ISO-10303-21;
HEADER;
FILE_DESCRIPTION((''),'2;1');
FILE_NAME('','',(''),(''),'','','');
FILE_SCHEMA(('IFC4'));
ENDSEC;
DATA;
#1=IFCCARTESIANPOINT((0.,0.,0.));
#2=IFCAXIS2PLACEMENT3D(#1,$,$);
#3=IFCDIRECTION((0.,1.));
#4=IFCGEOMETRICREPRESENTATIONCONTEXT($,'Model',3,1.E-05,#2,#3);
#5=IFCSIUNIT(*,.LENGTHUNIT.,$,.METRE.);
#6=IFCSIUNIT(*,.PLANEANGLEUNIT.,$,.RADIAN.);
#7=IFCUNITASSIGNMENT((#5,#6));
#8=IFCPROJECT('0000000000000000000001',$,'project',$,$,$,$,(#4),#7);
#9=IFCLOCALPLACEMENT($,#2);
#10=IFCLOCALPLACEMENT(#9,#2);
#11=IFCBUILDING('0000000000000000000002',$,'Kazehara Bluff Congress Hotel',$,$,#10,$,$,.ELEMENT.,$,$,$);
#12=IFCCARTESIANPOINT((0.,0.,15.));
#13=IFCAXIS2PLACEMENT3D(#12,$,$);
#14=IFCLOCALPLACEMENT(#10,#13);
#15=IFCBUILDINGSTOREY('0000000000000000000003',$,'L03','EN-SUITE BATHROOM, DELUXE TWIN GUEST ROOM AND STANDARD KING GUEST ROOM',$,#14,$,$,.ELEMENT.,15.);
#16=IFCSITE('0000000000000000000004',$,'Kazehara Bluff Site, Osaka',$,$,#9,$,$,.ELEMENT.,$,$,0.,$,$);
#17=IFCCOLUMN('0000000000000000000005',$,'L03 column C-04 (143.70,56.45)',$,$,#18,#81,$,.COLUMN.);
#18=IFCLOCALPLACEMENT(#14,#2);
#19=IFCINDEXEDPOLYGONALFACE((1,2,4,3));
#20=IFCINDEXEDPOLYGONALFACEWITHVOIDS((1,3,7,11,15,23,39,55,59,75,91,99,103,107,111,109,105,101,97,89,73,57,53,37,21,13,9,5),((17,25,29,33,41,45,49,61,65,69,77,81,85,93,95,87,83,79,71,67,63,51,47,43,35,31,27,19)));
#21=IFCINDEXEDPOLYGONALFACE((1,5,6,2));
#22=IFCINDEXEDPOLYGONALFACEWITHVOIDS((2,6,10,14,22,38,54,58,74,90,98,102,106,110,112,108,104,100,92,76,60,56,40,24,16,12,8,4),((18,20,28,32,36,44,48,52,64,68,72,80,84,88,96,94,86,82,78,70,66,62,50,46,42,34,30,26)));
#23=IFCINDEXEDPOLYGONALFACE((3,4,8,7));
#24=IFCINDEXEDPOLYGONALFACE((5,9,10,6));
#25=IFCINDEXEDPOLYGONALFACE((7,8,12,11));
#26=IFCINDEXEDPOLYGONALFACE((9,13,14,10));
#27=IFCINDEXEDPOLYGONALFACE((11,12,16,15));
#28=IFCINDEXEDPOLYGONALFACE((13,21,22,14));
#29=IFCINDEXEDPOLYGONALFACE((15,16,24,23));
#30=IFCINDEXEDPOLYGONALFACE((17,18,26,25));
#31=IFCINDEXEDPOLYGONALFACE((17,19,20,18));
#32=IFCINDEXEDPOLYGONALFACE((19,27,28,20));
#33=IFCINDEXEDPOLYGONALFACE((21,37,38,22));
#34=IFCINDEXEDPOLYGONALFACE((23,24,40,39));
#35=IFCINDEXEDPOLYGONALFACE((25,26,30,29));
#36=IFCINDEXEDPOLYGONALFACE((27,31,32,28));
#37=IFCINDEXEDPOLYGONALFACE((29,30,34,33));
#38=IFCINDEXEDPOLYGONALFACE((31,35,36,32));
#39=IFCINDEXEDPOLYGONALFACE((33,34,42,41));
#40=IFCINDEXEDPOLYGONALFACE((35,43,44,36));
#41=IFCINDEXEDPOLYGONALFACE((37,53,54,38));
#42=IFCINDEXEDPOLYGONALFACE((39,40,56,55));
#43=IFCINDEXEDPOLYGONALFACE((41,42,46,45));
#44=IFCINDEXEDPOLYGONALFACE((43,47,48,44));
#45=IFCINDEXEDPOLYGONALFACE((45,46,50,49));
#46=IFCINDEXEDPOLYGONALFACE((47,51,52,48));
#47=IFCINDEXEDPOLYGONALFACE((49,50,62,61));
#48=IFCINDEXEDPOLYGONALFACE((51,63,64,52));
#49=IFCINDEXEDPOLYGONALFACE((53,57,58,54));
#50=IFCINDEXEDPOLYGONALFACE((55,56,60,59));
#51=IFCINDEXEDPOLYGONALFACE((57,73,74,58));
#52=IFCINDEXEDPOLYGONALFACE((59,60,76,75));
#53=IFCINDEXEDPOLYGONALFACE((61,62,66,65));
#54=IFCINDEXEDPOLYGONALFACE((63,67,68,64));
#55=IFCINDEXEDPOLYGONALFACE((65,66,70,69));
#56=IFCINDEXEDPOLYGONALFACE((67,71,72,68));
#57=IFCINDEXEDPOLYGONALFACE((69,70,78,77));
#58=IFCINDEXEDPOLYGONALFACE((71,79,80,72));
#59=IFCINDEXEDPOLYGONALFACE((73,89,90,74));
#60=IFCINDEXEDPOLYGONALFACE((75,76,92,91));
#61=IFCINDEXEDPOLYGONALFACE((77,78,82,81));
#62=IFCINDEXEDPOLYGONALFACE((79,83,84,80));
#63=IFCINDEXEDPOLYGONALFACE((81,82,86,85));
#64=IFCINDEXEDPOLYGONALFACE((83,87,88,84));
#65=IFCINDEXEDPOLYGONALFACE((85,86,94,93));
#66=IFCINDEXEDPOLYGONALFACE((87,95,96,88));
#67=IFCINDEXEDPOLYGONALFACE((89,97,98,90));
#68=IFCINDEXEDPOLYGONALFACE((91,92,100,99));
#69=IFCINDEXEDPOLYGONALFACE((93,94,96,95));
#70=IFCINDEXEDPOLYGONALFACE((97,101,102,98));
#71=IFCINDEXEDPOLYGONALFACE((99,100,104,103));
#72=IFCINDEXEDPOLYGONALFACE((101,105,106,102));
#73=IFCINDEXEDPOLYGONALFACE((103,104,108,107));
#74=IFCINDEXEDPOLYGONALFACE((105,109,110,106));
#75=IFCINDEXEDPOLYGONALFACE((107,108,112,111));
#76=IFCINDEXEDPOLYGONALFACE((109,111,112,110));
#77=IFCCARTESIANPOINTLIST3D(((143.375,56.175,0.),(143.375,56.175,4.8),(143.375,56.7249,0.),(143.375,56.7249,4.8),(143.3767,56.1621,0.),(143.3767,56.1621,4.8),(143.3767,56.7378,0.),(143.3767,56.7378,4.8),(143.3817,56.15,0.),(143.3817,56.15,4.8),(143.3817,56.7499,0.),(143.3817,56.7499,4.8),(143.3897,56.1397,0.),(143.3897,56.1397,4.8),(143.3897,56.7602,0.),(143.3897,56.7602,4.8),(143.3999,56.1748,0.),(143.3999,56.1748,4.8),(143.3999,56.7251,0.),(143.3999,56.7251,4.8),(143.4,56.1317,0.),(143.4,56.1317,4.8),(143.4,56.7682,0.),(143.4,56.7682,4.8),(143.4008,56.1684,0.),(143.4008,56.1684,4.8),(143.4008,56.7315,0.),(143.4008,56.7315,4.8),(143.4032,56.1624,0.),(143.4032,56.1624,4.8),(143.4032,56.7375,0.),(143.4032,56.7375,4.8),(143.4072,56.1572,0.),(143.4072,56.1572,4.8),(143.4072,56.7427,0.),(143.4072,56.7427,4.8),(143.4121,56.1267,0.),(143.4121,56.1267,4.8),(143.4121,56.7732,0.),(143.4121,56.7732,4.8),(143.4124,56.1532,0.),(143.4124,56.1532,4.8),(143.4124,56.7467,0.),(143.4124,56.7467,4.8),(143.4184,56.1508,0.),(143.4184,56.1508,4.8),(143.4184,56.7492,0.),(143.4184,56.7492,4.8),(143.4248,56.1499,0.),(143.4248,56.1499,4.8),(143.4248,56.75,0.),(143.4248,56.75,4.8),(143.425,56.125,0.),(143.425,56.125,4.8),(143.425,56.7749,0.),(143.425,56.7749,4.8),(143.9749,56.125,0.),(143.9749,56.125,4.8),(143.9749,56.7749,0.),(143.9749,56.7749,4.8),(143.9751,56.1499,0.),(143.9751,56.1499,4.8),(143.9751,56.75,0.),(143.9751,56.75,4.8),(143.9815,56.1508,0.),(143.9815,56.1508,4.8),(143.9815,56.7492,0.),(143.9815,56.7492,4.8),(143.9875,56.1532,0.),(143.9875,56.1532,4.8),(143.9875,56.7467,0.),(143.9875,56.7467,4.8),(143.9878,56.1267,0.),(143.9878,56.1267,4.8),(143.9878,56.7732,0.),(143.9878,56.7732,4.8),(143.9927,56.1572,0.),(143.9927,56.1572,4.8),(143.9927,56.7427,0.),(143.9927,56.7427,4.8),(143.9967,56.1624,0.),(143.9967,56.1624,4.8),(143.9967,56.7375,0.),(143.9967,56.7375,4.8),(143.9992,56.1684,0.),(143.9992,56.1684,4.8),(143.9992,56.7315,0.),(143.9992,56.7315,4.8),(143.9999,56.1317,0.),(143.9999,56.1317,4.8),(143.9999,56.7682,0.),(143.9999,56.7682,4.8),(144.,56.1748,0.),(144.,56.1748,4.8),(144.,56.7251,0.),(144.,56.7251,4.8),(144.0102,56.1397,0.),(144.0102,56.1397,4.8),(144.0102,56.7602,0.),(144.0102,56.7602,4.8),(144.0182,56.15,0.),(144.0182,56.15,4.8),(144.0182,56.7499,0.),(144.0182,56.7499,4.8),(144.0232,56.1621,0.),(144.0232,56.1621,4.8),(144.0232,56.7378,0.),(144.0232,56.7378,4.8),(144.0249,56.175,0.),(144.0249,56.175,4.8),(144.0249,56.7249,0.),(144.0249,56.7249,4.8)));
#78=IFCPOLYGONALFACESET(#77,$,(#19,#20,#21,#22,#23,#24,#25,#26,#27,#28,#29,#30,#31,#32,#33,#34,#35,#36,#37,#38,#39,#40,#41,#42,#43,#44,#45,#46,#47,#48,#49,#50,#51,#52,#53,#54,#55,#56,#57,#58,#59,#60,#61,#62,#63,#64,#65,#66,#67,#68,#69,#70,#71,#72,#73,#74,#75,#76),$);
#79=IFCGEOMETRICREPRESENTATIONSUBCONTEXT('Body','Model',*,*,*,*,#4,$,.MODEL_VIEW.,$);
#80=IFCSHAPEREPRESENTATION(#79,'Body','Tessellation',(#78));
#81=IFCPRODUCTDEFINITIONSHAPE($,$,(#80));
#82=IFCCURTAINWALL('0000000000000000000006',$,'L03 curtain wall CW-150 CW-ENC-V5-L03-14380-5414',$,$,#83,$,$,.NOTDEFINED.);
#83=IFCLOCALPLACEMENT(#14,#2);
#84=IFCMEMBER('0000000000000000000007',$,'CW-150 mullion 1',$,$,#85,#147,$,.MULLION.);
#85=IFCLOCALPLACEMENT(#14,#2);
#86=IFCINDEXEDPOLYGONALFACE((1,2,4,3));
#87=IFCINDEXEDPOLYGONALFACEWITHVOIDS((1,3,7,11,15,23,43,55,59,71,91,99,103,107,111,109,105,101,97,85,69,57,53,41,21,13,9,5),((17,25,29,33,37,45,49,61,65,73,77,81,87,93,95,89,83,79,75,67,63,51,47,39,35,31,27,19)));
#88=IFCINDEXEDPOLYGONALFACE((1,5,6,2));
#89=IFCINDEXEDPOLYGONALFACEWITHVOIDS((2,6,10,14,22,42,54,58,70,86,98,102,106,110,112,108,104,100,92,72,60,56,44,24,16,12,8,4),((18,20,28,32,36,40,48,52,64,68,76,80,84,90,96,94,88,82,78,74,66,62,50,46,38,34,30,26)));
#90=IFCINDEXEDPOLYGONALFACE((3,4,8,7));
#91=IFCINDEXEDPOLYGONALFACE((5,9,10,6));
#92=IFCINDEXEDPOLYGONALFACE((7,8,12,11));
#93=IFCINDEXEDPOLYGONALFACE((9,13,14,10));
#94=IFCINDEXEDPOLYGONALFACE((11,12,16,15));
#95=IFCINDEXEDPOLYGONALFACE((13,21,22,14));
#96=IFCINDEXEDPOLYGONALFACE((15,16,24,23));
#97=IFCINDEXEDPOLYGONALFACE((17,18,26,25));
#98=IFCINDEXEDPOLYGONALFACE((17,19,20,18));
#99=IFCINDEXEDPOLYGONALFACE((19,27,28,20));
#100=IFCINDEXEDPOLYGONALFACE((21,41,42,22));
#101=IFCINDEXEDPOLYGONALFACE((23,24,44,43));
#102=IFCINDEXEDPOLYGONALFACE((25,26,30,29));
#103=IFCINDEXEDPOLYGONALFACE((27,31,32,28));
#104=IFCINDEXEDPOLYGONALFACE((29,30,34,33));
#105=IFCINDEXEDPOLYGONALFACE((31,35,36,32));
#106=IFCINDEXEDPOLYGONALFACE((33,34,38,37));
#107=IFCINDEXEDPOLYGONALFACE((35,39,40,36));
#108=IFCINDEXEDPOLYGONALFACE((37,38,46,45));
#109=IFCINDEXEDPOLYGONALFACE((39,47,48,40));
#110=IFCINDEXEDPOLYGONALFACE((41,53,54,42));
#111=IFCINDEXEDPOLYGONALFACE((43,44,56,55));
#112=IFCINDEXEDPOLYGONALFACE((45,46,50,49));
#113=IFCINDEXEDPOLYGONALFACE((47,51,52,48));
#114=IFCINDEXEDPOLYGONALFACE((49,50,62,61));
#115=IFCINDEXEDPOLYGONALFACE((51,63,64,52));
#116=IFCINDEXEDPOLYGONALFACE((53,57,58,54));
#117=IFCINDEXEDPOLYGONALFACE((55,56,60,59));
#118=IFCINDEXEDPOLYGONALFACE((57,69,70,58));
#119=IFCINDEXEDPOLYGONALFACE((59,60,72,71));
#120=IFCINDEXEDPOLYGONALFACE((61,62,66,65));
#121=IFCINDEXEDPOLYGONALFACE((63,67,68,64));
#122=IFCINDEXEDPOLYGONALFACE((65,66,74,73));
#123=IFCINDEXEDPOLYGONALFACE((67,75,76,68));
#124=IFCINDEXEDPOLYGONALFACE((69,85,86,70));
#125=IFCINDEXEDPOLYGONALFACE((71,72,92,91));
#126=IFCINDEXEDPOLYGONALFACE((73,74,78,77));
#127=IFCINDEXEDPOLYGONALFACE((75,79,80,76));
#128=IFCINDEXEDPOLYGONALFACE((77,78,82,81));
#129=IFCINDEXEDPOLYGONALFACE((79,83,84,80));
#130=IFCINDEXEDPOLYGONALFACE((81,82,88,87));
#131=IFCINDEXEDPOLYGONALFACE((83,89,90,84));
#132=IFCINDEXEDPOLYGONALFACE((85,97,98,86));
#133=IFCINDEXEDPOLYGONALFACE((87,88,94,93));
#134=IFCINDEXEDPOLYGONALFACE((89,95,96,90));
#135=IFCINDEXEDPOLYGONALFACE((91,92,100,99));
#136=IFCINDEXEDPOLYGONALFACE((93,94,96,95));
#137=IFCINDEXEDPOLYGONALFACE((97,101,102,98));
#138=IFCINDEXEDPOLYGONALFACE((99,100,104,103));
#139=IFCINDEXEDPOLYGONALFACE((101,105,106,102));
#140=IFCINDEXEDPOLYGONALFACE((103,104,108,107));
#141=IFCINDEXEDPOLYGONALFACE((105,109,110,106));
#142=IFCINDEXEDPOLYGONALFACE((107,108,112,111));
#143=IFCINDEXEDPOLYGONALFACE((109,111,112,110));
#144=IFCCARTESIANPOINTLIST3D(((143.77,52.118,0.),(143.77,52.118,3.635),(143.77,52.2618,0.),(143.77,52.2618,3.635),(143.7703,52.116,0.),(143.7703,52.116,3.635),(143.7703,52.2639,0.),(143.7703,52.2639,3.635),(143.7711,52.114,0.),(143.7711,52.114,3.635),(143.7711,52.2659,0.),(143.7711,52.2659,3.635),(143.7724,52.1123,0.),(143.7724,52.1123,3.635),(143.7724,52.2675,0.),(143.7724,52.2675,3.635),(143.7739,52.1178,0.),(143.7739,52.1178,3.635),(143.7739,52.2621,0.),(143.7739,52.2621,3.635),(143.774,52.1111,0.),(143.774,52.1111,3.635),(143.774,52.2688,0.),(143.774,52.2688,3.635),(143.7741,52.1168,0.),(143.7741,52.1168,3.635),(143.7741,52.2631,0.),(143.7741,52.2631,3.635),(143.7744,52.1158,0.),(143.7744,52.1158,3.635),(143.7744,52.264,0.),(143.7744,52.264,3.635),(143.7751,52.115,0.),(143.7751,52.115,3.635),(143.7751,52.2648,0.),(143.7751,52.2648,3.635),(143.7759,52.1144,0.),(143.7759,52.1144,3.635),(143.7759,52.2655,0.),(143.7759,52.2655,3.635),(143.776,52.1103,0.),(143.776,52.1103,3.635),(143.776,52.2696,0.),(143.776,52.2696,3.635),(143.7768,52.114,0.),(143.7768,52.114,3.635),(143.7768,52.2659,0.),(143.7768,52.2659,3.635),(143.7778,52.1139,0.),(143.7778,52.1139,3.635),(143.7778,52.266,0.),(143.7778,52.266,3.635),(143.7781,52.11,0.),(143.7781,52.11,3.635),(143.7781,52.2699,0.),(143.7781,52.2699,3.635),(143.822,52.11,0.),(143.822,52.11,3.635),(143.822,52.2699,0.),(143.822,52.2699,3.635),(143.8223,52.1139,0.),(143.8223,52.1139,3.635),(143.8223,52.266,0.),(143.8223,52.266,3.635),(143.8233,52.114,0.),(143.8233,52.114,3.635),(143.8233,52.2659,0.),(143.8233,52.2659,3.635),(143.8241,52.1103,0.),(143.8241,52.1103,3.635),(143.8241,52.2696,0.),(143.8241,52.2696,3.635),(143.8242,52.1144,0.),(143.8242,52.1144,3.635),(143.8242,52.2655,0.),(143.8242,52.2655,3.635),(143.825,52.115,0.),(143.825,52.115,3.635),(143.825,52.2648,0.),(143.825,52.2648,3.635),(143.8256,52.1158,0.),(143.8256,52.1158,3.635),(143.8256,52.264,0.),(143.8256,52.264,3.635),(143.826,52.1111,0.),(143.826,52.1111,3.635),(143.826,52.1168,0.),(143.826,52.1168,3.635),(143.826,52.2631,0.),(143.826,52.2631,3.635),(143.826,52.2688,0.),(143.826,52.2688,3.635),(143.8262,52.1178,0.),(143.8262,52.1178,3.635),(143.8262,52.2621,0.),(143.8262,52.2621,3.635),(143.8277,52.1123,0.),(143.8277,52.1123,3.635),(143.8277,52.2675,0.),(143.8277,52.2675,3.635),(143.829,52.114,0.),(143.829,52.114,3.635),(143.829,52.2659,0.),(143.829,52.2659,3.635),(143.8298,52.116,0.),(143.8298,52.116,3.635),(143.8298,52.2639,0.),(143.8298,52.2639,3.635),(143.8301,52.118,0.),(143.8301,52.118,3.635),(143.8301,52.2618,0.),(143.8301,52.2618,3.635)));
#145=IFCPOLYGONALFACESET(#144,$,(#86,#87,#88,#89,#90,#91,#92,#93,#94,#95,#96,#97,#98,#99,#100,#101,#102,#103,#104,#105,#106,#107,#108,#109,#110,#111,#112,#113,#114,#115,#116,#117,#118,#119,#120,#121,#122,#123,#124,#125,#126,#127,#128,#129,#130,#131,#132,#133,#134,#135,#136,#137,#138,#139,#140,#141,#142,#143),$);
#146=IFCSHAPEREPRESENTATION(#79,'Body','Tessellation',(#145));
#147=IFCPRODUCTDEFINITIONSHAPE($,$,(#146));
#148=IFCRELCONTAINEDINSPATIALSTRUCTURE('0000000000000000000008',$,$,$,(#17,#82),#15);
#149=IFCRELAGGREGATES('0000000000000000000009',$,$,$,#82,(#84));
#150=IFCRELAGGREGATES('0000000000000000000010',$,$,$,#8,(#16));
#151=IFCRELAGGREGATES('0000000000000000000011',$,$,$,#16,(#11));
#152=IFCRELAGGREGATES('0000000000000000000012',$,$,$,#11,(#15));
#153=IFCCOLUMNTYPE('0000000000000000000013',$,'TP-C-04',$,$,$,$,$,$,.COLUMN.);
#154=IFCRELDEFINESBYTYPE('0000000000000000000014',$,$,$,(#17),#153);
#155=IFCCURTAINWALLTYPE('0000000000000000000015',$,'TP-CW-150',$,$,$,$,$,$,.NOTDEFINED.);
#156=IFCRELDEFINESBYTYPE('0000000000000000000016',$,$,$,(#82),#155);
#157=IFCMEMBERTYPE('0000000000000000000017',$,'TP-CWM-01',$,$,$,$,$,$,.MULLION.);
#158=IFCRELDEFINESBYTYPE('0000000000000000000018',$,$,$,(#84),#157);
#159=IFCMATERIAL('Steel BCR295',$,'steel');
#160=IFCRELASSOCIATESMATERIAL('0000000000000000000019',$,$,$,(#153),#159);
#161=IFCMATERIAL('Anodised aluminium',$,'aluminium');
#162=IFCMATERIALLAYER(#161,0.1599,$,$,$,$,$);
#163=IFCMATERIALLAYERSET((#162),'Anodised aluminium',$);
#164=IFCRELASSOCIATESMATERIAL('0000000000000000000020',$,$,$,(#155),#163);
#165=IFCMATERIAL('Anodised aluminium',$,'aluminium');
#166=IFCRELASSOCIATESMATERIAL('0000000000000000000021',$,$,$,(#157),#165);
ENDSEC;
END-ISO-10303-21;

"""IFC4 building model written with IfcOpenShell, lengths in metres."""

from ifc_helpers import new_model, si_unit, direction, frame, origin, origin_2d, place, context, subcontext, project, spatial, hollow_rectangle, extrude, material, layer, layer_set, material_profile, profile_set, type_object, element, aggregate, save


model = new_model("IFC4")

# Units and contexts
model_context = context("Model", 3, precision=1e-05, world=origin(), true_north=direction((0.0, 1.0)))
body_context = subcontext(model_context, "Body", "Model", "MODEL_VIEW")
ifc_project = project(units=[si_unit("LENGTHUNIT", "METRE"), si_unit("PLANEANGLEUNIT", "RADIAN")], contexts=[model_context])

# Site, building, storey
site_placement = place(None, origin())
site = spatial("IfcSite", under=ifc_project, at=site_placement, Name="Kazehara Bluff Site, Osaka", CompositionType="ELEMENT", RefElevation=0.0)
building_placement = place(site_placement, origin())
building = spatial("IfcBuilding", under=site, at=building_placement, Name="Kazehara Bluff Congress Hotel", CompositionType="ELEMENT")
storey_placement = place(building_placement, frame((0.0, 0.0, 15.0)))
storey = spatial("IfcBuildingStorey", under=building, at=storey_placement, Name="L03", Description="EN-SUITE BATHROOM, DELUXE TWIN GUEST ROOM AND STANDARD KING GUEST ROOM", CompositionType="ELEMENT", Elevation=15.0)

# Column
ifc_material_1 = material(Name="Steel BCR295", Category="steel")
ifc_material_profile_1 = material_profile(ifc_material_1, hollow_rectangle(XDim=0.6499, YDim=0.6499, WallThickness=0.0249, InnerFilletRadius=0.0249, OuterFilletRadius=0.05, at=origin_2d()))
ifc_profile_set_1 = profile_set([ifc_material_profile_1], Name="Steel BCR295")
column_type = type_object("IfcColumnType", Name="TP-C-04", PredefinedType="COLUMN", material=ifc_profile_set_1)
column_placement = place(storey_placement, frame((143.7, 56.45, 0.0), z_axis=(0.0, 0.0, 1.0), x_axis=(1.0, 0.0, 0.0)))
element("IfcColumn", 1, at=column_placement, inside=storey, type_object=column_type, Name="L03 column C-04 (143.70,56.45)", PredefinedType="COLUMN", context=body_context, shape_type="SweptSolid", body=[
    extrude(hollow_rectangle(XDim=0.6499, YDim=0.6499, WallThickness=0.0249, InnerFilletRadius=0.0249, OuterFilletRadius=0.05, at=origin_2d()), origin(), (0.0, 0.0, 1.0), 4.8),
])

# Curtain wall, member
ifc_material_2 = material(Name="Anodised aluminium", Category="aluminium")
ifc_layer_1 = layer(ifc_material_2, 0.1599)
ifc_layer_set_1 = layer_set([ifc_layer_1], Name="Anodised aluminium")
curtain_wall_type_1 = type_object("IfcCurtainWallType", Name="TP-CW-150", PredefinedType="NOTDEFINED", material=ifc_layer_set_1)
curtain_wall_1_placement = place(storey_placement, origin())
curtain_wall_1 = element("IfcCurtainWall", 2, at=curtain_wall_1_placement, inside=storey, type_object=curtain_wall_type_1, Name="L03 curtain wall CW-150 CW-ENC-V5-L03-14380-5414", PredefinedType="NOTDEFINED")
ifc_material_3 = material(Name="Anodised aluminium", Category="aluminium")
ifc_material_profile_2 = material_profile(ifc_material_3, hollow_rectangle(XDim=0.0601, YDim=0.1599, WallThickness=0.0039, InnerFilletRadius=0.0039, OuterFilletRadius=0.0081, at=origin_2d()))
ifc_profile_set_2 = profile_set([ifc_material_profile_2], Name="Anodised aluminium")
member_type_1 = type_object("IfcMemberType", Name="TP-CWM-01", PredefinedType="MULLION", material=ifc_profile_set_2)
member_1_placement = place(storey_placement, frame((143.8, 52.1899, 0.0), z_axis=(0.0, 0.0, 1.0), x_axis=(-1.0, 0.0, 0.0)))
member_1 = element("IfcMember", 3, at=member_1_placement, type_object=member_type_1, Name="CW-150 mullion 1", PredefinedType="MULLION", context=body_context, shape_type="SweptSolid", body=[
    extrude(hollow_rectangle(XDim=0.0601, YDim=0.1599, WallThickness=0.0039, InnerFilletRadius=0.0039, OuterFilletRadius=0.0081, at=origin_2d()), origin(), (0.0, 0.0, 1.0), 3.635),
])

aggregate(curtain_wall_1, [member_1])

save(model, "model.ifc")
